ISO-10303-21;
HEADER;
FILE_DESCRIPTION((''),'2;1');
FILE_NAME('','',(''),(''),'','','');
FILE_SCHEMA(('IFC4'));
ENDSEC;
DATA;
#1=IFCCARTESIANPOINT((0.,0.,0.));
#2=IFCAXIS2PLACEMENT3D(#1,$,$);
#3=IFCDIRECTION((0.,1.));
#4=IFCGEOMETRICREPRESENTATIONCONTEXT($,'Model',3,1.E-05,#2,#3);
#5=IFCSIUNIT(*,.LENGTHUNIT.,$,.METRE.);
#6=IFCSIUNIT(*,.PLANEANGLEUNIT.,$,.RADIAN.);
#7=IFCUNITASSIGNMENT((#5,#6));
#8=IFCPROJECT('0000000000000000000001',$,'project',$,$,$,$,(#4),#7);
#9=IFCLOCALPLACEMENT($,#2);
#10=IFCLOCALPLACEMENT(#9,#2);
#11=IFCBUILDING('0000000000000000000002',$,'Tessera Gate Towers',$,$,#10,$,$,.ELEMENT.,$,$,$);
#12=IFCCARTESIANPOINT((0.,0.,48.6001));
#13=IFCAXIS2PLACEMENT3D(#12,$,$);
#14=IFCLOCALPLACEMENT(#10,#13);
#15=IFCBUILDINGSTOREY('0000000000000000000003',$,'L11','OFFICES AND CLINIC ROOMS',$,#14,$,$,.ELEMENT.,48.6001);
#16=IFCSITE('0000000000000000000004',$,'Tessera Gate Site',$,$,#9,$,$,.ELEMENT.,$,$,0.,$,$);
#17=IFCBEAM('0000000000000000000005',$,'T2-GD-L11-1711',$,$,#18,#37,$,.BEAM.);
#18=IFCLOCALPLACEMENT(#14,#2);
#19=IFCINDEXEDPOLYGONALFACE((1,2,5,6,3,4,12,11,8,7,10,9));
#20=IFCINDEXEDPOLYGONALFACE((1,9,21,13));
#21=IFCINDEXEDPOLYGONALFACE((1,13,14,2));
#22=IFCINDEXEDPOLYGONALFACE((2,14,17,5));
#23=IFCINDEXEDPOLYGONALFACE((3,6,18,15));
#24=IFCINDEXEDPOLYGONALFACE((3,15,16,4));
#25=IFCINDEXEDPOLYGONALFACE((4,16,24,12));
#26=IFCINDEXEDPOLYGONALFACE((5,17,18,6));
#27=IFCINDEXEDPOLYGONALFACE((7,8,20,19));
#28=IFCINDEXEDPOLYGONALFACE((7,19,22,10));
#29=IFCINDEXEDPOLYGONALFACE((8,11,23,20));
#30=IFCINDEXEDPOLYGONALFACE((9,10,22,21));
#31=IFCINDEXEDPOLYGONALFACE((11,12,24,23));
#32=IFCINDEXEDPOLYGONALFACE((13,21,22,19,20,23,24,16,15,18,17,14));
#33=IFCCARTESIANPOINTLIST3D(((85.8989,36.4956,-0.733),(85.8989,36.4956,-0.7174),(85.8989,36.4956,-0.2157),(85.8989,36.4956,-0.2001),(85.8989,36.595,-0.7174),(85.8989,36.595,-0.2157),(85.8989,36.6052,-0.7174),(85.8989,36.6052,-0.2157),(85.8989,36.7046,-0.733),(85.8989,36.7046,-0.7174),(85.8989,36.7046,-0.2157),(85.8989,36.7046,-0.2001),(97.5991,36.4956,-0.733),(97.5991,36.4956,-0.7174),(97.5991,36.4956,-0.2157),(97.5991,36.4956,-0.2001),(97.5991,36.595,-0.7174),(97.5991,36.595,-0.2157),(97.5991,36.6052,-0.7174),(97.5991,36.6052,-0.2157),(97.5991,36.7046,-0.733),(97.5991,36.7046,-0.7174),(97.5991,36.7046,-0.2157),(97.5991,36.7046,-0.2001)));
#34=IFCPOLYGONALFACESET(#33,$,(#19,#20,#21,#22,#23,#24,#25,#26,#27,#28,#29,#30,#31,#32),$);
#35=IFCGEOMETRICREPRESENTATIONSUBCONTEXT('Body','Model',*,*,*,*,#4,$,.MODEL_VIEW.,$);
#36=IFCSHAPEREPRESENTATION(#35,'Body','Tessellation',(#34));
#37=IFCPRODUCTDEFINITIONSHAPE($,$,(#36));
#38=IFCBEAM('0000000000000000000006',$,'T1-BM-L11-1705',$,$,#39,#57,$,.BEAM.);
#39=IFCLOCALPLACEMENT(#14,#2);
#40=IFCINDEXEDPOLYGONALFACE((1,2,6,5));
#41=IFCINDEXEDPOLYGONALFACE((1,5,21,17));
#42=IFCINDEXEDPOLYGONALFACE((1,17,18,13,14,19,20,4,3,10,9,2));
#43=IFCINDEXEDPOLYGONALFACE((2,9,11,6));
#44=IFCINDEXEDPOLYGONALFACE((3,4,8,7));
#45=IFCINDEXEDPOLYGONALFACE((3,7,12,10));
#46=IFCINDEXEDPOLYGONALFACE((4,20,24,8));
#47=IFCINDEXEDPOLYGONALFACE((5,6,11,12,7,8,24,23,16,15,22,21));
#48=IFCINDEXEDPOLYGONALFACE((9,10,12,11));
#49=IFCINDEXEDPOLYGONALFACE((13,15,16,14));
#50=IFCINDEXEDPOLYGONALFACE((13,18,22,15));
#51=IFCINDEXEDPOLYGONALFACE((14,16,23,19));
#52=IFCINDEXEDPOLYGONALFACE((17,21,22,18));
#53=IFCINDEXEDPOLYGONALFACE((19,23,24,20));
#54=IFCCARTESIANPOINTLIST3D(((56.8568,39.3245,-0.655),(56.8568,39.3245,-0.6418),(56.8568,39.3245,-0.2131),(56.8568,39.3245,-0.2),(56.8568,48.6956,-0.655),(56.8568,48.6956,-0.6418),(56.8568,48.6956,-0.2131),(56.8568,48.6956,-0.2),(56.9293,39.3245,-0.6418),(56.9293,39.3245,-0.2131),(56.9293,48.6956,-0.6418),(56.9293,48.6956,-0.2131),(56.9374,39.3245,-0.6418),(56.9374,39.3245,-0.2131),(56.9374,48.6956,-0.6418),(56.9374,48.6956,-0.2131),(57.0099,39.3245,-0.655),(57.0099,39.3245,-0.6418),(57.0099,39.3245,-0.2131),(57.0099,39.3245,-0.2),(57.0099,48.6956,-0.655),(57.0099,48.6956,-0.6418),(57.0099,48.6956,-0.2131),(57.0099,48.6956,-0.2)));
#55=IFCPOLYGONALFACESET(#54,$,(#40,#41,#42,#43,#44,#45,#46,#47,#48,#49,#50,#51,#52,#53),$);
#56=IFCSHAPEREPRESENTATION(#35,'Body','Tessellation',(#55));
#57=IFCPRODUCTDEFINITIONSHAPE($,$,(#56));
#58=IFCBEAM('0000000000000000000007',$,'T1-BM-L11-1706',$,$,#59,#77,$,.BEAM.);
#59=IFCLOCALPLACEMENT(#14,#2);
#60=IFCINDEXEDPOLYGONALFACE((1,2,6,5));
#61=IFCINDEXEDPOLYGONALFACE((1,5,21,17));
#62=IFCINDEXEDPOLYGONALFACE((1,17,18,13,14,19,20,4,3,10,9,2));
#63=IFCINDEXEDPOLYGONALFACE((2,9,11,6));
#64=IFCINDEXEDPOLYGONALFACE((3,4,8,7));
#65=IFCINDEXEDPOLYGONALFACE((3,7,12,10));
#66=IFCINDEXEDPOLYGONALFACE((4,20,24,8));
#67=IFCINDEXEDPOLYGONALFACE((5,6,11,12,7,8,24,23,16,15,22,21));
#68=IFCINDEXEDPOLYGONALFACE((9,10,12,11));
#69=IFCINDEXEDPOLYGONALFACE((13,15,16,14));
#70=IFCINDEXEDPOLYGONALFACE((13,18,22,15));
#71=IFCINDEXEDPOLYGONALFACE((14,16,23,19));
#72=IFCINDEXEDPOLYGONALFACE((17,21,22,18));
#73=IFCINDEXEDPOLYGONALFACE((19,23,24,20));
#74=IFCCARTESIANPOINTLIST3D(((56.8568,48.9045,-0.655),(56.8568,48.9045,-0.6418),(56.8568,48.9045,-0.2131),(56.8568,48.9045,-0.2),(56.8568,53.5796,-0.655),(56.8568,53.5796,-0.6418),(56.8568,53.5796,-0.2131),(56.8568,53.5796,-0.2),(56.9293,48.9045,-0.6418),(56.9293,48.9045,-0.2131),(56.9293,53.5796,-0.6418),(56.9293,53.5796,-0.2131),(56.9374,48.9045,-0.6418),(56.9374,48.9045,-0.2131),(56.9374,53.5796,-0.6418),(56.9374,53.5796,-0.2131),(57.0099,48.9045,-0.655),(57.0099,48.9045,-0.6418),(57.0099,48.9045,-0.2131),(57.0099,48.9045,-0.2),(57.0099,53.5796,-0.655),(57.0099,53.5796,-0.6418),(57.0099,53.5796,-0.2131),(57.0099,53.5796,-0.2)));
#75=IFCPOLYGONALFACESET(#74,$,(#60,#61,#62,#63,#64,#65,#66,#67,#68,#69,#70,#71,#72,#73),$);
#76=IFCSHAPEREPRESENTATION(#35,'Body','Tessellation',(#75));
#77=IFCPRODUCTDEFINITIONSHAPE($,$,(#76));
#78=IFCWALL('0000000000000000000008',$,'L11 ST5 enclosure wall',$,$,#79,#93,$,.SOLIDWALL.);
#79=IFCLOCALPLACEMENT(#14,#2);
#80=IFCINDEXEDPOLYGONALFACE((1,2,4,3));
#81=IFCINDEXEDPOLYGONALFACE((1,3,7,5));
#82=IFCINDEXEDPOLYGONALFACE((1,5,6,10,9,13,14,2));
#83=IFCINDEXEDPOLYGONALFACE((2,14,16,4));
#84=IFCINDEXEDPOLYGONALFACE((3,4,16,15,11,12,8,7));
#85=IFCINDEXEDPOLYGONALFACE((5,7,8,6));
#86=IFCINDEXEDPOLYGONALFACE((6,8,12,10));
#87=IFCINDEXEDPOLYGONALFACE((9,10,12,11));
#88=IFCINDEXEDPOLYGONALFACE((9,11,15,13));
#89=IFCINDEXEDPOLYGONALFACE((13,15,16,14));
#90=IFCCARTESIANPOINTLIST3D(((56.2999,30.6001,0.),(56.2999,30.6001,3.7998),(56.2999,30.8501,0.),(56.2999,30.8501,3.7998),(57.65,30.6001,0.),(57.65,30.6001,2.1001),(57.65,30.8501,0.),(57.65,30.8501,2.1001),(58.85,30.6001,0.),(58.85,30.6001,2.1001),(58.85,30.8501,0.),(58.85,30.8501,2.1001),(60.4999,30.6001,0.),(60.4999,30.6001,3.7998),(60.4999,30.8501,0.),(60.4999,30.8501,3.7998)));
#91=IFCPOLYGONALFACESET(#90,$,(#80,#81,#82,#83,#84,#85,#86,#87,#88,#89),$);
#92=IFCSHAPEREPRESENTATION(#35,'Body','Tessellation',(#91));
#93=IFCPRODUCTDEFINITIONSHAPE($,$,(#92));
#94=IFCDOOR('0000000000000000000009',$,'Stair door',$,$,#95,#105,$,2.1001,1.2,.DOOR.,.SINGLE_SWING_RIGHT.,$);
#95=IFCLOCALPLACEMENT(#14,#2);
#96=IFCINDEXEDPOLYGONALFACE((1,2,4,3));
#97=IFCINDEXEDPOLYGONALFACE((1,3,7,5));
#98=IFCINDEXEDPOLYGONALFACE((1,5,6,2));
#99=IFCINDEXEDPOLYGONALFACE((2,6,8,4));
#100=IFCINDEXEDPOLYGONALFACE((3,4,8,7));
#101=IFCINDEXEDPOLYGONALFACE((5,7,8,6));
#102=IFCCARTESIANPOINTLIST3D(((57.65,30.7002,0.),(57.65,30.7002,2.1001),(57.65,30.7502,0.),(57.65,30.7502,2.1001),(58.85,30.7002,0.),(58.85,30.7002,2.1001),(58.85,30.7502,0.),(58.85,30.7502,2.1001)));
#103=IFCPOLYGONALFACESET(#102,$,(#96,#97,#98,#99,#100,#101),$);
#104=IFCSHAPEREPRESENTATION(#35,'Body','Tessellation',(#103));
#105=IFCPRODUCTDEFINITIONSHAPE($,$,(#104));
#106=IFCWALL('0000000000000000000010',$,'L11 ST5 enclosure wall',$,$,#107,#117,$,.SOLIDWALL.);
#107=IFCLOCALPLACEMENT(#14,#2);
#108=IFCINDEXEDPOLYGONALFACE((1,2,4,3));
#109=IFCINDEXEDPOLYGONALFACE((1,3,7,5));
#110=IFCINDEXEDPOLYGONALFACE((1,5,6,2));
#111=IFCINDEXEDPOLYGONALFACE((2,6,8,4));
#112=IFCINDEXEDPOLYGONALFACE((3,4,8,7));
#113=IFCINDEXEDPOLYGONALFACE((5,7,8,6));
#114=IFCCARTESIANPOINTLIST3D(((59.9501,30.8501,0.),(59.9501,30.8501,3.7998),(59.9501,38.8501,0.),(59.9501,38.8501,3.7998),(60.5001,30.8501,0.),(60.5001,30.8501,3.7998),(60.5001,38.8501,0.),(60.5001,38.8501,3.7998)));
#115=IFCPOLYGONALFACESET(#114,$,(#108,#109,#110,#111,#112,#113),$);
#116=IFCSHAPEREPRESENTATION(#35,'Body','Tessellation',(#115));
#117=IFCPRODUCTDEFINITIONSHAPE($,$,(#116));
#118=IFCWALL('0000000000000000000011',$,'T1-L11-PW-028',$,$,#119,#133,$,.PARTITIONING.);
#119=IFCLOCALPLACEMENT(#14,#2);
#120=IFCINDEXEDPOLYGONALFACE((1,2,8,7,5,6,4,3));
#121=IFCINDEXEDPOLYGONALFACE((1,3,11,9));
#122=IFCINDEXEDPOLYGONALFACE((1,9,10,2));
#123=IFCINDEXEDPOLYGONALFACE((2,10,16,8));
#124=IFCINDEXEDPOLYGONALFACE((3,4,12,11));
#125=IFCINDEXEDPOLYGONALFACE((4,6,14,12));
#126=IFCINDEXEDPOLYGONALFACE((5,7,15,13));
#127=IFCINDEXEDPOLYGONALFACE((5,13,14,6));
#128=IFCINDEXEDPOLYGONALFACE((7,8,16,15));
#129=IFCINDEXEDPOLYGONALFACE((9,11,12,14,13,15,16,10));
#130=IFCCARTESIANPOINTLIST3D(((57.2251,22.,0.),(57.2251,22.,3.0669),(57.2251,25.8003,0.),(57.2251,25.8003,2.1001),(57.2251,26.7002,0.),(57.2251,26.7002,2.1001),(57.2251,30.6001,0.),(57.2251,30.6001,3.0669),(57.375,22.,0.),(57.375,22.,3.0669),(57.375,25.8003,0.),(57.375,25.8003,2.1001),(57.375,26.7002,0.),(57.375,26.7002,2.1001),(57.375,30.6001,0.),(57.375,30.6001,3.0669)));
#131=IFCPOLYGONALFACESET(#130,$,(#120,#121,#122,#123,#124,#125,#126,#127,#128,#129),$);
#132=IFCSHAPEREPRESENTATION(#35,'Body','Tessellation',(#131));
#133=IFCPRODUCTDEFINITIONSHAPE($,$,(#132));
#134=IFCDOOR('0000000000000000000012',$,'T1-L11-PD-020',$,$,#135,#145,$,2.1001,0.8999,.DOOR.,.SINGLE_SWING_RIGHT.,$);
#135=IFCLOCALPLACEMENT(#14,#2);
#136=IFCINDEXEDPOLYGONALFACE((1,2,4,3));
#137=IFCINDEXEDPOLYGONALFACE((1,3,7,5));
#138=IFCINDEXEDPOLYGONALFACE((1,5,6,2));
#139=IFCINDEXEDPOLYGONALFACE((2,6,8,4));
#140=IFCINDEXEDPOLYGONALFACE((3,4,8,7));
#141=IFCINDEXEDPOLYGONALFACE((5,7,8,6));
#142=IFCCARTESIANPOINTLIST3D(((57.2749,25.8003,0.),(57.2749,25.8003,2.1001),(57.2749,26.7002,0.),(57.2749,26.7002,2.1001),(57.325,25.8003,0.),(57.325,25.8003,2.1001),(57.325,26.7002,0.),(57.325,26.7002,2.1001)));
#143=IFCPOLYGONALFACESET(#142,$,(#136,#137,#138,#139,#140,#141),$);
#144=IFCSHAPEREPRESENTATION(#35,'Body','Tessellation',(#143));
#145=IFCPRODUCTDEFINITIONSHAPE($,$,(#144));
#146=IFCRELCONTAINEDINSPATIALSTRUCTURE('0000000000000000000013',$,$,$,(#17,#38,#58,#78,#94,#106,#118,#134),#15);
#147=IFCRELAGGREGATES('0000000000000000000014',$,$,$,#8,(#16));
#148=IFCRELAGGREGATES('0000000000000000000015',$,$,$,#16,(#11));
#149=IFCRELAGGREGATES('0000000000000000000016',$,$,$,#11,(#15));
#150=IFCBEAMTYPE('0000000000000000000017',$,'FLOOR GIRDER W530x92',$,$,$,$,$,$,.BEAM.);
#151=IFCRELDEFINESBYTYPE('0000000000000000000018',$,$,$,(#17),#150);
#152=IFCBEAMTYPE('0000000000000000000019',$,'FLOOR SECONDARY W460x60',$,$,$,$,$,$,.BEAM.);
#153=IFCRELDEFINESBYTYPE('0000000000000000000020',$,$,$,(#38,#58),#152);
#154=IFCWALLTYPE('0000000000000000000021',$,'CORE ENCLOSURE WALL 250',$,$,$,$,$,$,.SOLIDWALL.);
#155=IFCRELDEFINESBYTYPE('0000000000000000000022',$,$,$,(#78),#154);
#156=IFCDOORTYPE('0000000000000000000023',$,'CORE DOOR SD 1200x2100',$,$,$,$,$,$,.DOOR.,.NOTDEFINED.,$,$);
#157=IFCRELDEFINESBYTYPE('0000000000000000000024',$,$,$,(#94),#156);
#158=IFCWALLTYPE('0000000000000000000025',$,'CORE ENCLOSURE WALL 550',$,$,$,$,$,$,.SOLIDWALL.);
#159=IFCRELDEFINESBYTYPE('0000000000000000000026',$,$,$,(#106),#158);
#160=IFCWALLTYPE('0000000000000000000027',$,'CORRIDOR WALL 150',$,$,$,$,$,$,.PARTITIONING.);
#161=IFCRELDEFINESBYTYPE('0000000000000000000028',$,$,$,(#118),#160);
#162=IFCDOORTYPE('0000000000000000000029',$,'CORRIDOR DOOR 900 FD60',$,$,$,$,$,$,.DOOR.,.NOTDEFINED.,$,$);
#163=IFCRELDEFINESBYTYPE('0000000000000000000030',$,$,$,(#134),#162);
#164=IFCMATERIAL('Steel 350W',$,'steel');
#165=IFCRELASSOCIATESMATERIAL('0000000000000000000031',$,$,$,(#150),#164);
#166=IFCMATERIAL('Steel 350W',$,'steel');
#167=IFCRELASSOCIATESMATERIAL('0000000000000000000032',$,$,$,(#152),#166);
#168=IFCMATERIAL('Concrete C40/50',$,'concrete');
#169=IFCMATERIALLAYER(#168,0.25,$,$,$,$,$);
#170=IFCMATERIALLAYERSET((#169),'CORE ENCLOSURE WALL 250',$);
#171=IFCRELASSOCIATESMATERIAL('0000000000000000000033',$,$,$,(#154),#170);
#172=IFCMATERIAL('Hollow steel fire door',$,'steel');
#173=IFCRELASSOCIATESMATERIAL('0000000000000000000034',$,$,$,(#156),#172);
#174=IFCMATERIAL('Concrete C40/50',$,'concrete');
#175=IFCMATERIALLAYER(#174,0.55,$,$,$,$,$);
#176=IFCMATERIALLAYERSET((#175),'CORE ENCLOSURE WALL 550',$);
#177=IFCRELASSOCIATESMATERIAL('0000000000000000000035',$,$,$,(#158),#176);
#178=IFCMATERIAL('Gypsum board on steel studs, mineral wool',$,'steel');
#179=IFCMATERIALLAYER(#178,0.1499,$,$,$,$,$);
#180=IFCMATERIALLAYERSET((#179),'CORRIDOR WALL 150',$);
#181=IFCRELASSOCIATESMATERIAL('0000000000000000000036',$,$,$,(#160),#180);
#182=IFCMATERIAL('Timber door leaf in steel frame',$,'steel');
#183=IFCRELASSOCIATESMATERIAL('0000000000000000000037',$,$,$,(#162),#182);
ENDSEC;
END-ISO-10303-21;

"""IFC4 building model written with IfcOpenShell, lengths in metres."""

from ifc_helpers import new_model, si_unit, direction, frame, frame_2d, origin, origin_2d, place, context, subcontext, project, spatial, rectangle, i_section, extrude, source, transform, mapped, material, layer, layer_set, material_profile, profile_set, type_object, element, fill, save


model = new_model("IFC4")

# Units and contexts
model_context = context("Model", 3, precision=1e-05, world=origin(), true_north=direction((0.0, 1.0)))
body_context = subcontext(model_context, "Body", "Model", "MODEL_VIEW")
ifc_project = project(units=[si_unit("LENGTHUNIT", "METRE"), si_unit("PLANEANGLEUNIT", "RADIAN")], contexts=[model_context])

# Site, building, storey
site_placement = place(None, origin())
site = spatial("IfcSite", under=ifc_project, at=site_placement, Name="Tessera Gate Site", CompositionType="ELEMENT", RefElevation=0.0)
building_placement = place(site_placement, origin())
building = spatial("IfcBuilding", under=site, at=building_placement, Name="Tessera Gate Towers", CompositionType="ELEMENT")
storey_placement = place(building_placement, frame((0.0, 0.0, 48.6001)))
storey = spatial("IfcBuildingStorey", under=building, at=storey_placement, Name="L11", Description="OFFICES AND CLINIC ROOMS", CompositionType="ELEMENT", Elevation=48.6001)

# Beams
ifc_material_1 = material(Name="Steel 350W", Category="steel")
ifc_material_profile_1 = material_profile(ifc_material_1, i_section(OverallWidth=0.209, OverallDepth=0.533, WebThickness=0.0103, FlangeThickness=0.0156, at=origin_2d()), Name="W530x92")
ifc_profile_set_1 = profile_set([ifc_material_profile_1], Name="Steel 350W")
beam_type_1 = type_object("IfcBeamType", Name="FLOOR GIRDER W530x92", PredefinedType="BEAM", material=ifc_profile_set_1)
beam_1_placement = place(storey_placement, frame((85.8989, 36.6001, -0.4666), z_axis=(1.0, 0.0, 0.0), x_axis=(0.0, 1.0, 0.0)))
element("IfcBeam", 1, at=beam_1_placement, inside=storey, type_object=beam_type_1, Name="T2-GD-L11-1711", PredefinedType="BEAM", context=body_context, shape_type="SweptSolid", body=[
    extrude(i_section(OverallWidth=0.209, OverallDepth=0.533, WebThickness=0.0103, FlangeThickness=0.0156, at=origin_2d()), origin(), (0.0, 0.0, 1.0), 11.7002),
])
ifc_material_2 = material(Name="Steel 350W", Category="steel")
ifc_material_profile_2 = material_profile(ifc_material_2, i_section(OverallWidth=0.1531, OverallDepth=0.4551, WebThickness=0.0081, FlangeThickness=0.0132, at=origin_2d()), Name="W460x60")
ifc_profile_set_2 = profile_set([ifc_material_profile_2], Name="Steel 350W")
beam_type_2 = type_object("IfcBeamType", Name="FLOOR SECONDARY W460x60", PredefinedType="BEAM", material=ifc_profile_set_2)
beam_2_placement = place(storey_placement, frame((56.9333, 39.3245, -0.4275), z_axis=(0.0, 1.0, 0.0), x_axis=(-1.0, 0.0, 0.0)))
element("IfcBeam", 2, at=beam_2_placement, inside=storey, type_object=beam_type_2, Name="T1-BM-L11-1705", PredefinedType="BEAM", context=body_context, shape_type="SweptSolid", body=[
    extrude(i_section(OverallWidth=0.1531, OverallDepth=0.4551, WebThickness=0.0081, FlangeThickness=0.0132, at=origin_2d()), origin(), (0.0, 0.0, 1.0), 9.3711),
])
beam_3_placement = place(storey_placement, frame((56.9333, 48.9045, -0.4275), z_axis=(0.0, 1.0, 0.0), x_axis=(-1.0, 0.0, 0.0)))
element("IfcBeam", 3, at=beam_3_placement, inside=storey, type_object=beam_type_2, Name="T1-BM-L11-1706", PredefinedType="BEAM", context=body_context, shape_type="SweptSolid", body=[
    extrude(i_section(OverallWidth=0.1531, OverallDepth=0.4551, WebThickness=0.0081, FlangeThickness=0.0132, at=origin_2d()), origin(), (0.0, 0.0, 1.0), 4.675),
])

# Wall, opening, door
ifc_material_3 = material(Name="Concrete C40/50", Category="concrete")
ifc_layer_1 = layer(ifc_material_3, 0.25)
ifc_layer_set_1 = layer_set([ifc_layer_1], Name="CORE ENCLOSURE WALL 250")
wall_type_1 = type_object("IfcWallType", Name="CORE ENCLOSURE WALL 250", PredefinedType="SOLIDWALL", material=ifc_layer_set_1)
wall_1_placement = place(storey_placement, frame((60.5, 30.7251, 0.0), z_axis=(0.0, 0.0, 1.0), x_axis=(-1.0, 0.0, 0.0)))
wall_1 = element("IfcWall", 4, at=wall_1_placement, inside=storey, type_object=wall_type_1, Name="L11 ST5 enclosure wall", PredefinedType="SOLIDWALL", context=body_context, shape_type="SweptSolid", body=[
    extrude(rectangle(XDim=4.2, YDim=0.25, at=frame_2d((2.1001, 0.0))), origin(), (0.0, 0.0, 1.0), 3.7998),
])
shared_shape_1 = source(origin(), body_context, "Body", "SweptSolid", [
    extrude(rectangle(XDim=1.2, YDim=2.1001, at=frame_2d((0.6001, 1.05))), frame((0.0, 0.135, 0.0), z_axis=(0.0, -1.0, 0.0), x_axis=(1.0, 0.0, 0.0)), (0.0, 0.0, 1.0), 0.27),
])
opening_1_placement = place(wall_1_placement, frame((1.6499, 0.0, 0.0)))
opening_1 = element("IfcOpeningElement", 5, at=opening_1_placement, cuts=wall_1, PredefinedType="OPENING", context=body_context, shape_type="MappedRepresentation", body=[
    mapped(shared_shape_1, transform((0.0, 0.0, 0.0), scale=1.0)),
])
ifc_material_4 = material(Name="Hollow steel fire door", Category="steel")
door_type_1 = type_object("IfcDoorType", Name="CORE DOOR SD 1200x2100", OperationType="NOTDEFINED", PredefinedType="DOOR", material=ifc_material_4)
shared_shape_2 = source(origin(), body_context, "Body", "SweptSolid", [
    extrude(rectangle(XDim=1.2, YDim=2.1001, at=frame_2d((0.6001, 1.05))), frame((0.0, 0.0249, 0.0), z_axis=(0.0, -1.0, 0.0), x_axis=(1.0, 0.0, 0.0)), (0.0, 0.0, 1.0), 0.05),
])
door_1_placement = place(opening_1_placement, origin())
door_1 = element("IfcDoor", 6, at=door_1_placement, inside=storey, type_object=door_type_1, Name="Stair door", OperationType="SINGLE_SWING_RIGHT", OverallHeight=2.1001, OverallWidth=1.2, PredefinedType="DOOR", context=body_context, shape_type="MappedRepresentation", body=[
    mapped(shared_shape_2, transform((0.0, 0.0, 0.0), scale=1.0)),
])
fill(opening_1, door_1)

# Wall
ifc_material_5 = material(Name="Concrete C40/50", Category="concrete")
ifc_layer_2 = layer(ifc_material_5, 0.55)
ifc_layer_set_2 = layer_set([ifc_layer_2], Name="CORE ENCLOSURE WALL 550")
wall_type_2 = type_object("IfcWallType", Name="CORE ENCLOSURE WALL 550", PredefinedType="SOLIDWALL", material=ifc_layer_set_2)
wall_2_placement = place(storey_placement, frame((60.2251, 38.8501, 0.0), z_axis=(0.0, 0.0, 1.0), x_axis=(0.0, -1.0, 0.0)))
element("IfcWall", 7, at=wall_2_placement, inside=storey, type_object=wall_type_2, Name="L11 ST5 enclosure wall", PredefinedType="SOLIDWALL", context=body_context, shape_type="SweptSolid", body=[
    extrude(rectangle(XDim=8.0, YDim=0.55, at=frame_2d((4.0, 0.0))), origin(), (0.0, 0.0, 1.0), 3.7998),
])

# Wall, opening, door
ifc_material_6 = material(Name="Gypsum board on steel studs, mineral wool", Category="steel")
ifc_layer_3 = layer(ifc_material_6, 0.1499)
ifc_layer_set_3 = layer_set([ifc_layer_3], Name="CORRIDOR WALL 150")
wall_type_3 = type_object("IfcWallType", Name="CORRIDOR WALL 150", PredefinedType="PARTITIONING", material=ifc_layer_set_3)
wall_3_placement = place(storey_placement, frame((57.3, 30.6001, 0.0), z_axis=(0.0, 0.0, 1.0), x_axis=(0.0, -1.0, 0.0)))
wall_3 = element("IfcWall", 8, at=wall_3_placement, inside=storey, type_object=wall_type_3, Name="T1-L11-PW-028", PredefinedType="PARTITIONING", context=body_context, shape_type="SweptSolid", body=[
    extrude(rectangle(XDim=8.6001, YDim=0.1499, at=frame_2d((4.3, 0.0))), origin(), (0.0, 0.0, 1.0), 3.0669),
])
shared_shape_3 = source(origin(), body_context, "Body", "SweptSolid", [
    extrude(rectangle(XDim=0.8999, YDim=2.1001, at=frame_2d((0.45, 1.05))), frame((0.0, 0.085, 0.0), z_axis=(0.0, -1.0, 0.0), x_axis=(1.0, 0.0, 0.0)), (0.0, 0.0, 1.0), 0.1699),
])
opening_2_placement = place(wall_3_placement, frame((3.8999, 0.0, 0.0)))
opening_2 = element("IfcOpeningElement", 9, at=opening_2_placement, cuts=wall_3, PredefinedType="OPENING", context=body_context, shape_type="MappedRepresentation", body=[
    mapped(shared_shape_3, transform((0.0, 0.0, 0.0), scale=1.0)),
])
ifc_material_7 = material(Name="Timber door leaf in steel frame", Category="steel")
door_type_2 = type_object("IfcDoorType", Name="CORRIDOR DOOR 900 FD60", OperationType="NOTDEFINED", PredefinedType="DOOR", material=ifc_material_7)
shared_shape_4 = source(origin(), body_context, "Body", "SweptSolid", [
    extrude(rectangle(XDim=0.8999, YDim=2.1001, at=frame_2d((0.45, 1.05))), frame((0.0, 0.0249, 0.0), z_axis=(0.0, -1.0, 0.0), x_axis=(1.0, 0.0, 0.0)), (0.0, 0.0, 1.0), 0.05),
])
door_2_placement = place(opening_2_placement, origin())
door_2 = element("IfcDoor", 10, at=door_2_placement, inside=storey, type_object=door_type_2, Name="T1-L11-PD-020", OperationType="SINGLE_SWING_RIGHT", OverallHeight=2.1001, OverallWidth=0.8999, PredefinedType="DOOR", context=body_context, shape_type="MappedRepresentation", body=[
    mapped(shared_shape_4, transform((0.0, 0.0, 0.0), scale=1.0)),
])
fill(opening_2, door_2)

save(model, "model.ifc")
